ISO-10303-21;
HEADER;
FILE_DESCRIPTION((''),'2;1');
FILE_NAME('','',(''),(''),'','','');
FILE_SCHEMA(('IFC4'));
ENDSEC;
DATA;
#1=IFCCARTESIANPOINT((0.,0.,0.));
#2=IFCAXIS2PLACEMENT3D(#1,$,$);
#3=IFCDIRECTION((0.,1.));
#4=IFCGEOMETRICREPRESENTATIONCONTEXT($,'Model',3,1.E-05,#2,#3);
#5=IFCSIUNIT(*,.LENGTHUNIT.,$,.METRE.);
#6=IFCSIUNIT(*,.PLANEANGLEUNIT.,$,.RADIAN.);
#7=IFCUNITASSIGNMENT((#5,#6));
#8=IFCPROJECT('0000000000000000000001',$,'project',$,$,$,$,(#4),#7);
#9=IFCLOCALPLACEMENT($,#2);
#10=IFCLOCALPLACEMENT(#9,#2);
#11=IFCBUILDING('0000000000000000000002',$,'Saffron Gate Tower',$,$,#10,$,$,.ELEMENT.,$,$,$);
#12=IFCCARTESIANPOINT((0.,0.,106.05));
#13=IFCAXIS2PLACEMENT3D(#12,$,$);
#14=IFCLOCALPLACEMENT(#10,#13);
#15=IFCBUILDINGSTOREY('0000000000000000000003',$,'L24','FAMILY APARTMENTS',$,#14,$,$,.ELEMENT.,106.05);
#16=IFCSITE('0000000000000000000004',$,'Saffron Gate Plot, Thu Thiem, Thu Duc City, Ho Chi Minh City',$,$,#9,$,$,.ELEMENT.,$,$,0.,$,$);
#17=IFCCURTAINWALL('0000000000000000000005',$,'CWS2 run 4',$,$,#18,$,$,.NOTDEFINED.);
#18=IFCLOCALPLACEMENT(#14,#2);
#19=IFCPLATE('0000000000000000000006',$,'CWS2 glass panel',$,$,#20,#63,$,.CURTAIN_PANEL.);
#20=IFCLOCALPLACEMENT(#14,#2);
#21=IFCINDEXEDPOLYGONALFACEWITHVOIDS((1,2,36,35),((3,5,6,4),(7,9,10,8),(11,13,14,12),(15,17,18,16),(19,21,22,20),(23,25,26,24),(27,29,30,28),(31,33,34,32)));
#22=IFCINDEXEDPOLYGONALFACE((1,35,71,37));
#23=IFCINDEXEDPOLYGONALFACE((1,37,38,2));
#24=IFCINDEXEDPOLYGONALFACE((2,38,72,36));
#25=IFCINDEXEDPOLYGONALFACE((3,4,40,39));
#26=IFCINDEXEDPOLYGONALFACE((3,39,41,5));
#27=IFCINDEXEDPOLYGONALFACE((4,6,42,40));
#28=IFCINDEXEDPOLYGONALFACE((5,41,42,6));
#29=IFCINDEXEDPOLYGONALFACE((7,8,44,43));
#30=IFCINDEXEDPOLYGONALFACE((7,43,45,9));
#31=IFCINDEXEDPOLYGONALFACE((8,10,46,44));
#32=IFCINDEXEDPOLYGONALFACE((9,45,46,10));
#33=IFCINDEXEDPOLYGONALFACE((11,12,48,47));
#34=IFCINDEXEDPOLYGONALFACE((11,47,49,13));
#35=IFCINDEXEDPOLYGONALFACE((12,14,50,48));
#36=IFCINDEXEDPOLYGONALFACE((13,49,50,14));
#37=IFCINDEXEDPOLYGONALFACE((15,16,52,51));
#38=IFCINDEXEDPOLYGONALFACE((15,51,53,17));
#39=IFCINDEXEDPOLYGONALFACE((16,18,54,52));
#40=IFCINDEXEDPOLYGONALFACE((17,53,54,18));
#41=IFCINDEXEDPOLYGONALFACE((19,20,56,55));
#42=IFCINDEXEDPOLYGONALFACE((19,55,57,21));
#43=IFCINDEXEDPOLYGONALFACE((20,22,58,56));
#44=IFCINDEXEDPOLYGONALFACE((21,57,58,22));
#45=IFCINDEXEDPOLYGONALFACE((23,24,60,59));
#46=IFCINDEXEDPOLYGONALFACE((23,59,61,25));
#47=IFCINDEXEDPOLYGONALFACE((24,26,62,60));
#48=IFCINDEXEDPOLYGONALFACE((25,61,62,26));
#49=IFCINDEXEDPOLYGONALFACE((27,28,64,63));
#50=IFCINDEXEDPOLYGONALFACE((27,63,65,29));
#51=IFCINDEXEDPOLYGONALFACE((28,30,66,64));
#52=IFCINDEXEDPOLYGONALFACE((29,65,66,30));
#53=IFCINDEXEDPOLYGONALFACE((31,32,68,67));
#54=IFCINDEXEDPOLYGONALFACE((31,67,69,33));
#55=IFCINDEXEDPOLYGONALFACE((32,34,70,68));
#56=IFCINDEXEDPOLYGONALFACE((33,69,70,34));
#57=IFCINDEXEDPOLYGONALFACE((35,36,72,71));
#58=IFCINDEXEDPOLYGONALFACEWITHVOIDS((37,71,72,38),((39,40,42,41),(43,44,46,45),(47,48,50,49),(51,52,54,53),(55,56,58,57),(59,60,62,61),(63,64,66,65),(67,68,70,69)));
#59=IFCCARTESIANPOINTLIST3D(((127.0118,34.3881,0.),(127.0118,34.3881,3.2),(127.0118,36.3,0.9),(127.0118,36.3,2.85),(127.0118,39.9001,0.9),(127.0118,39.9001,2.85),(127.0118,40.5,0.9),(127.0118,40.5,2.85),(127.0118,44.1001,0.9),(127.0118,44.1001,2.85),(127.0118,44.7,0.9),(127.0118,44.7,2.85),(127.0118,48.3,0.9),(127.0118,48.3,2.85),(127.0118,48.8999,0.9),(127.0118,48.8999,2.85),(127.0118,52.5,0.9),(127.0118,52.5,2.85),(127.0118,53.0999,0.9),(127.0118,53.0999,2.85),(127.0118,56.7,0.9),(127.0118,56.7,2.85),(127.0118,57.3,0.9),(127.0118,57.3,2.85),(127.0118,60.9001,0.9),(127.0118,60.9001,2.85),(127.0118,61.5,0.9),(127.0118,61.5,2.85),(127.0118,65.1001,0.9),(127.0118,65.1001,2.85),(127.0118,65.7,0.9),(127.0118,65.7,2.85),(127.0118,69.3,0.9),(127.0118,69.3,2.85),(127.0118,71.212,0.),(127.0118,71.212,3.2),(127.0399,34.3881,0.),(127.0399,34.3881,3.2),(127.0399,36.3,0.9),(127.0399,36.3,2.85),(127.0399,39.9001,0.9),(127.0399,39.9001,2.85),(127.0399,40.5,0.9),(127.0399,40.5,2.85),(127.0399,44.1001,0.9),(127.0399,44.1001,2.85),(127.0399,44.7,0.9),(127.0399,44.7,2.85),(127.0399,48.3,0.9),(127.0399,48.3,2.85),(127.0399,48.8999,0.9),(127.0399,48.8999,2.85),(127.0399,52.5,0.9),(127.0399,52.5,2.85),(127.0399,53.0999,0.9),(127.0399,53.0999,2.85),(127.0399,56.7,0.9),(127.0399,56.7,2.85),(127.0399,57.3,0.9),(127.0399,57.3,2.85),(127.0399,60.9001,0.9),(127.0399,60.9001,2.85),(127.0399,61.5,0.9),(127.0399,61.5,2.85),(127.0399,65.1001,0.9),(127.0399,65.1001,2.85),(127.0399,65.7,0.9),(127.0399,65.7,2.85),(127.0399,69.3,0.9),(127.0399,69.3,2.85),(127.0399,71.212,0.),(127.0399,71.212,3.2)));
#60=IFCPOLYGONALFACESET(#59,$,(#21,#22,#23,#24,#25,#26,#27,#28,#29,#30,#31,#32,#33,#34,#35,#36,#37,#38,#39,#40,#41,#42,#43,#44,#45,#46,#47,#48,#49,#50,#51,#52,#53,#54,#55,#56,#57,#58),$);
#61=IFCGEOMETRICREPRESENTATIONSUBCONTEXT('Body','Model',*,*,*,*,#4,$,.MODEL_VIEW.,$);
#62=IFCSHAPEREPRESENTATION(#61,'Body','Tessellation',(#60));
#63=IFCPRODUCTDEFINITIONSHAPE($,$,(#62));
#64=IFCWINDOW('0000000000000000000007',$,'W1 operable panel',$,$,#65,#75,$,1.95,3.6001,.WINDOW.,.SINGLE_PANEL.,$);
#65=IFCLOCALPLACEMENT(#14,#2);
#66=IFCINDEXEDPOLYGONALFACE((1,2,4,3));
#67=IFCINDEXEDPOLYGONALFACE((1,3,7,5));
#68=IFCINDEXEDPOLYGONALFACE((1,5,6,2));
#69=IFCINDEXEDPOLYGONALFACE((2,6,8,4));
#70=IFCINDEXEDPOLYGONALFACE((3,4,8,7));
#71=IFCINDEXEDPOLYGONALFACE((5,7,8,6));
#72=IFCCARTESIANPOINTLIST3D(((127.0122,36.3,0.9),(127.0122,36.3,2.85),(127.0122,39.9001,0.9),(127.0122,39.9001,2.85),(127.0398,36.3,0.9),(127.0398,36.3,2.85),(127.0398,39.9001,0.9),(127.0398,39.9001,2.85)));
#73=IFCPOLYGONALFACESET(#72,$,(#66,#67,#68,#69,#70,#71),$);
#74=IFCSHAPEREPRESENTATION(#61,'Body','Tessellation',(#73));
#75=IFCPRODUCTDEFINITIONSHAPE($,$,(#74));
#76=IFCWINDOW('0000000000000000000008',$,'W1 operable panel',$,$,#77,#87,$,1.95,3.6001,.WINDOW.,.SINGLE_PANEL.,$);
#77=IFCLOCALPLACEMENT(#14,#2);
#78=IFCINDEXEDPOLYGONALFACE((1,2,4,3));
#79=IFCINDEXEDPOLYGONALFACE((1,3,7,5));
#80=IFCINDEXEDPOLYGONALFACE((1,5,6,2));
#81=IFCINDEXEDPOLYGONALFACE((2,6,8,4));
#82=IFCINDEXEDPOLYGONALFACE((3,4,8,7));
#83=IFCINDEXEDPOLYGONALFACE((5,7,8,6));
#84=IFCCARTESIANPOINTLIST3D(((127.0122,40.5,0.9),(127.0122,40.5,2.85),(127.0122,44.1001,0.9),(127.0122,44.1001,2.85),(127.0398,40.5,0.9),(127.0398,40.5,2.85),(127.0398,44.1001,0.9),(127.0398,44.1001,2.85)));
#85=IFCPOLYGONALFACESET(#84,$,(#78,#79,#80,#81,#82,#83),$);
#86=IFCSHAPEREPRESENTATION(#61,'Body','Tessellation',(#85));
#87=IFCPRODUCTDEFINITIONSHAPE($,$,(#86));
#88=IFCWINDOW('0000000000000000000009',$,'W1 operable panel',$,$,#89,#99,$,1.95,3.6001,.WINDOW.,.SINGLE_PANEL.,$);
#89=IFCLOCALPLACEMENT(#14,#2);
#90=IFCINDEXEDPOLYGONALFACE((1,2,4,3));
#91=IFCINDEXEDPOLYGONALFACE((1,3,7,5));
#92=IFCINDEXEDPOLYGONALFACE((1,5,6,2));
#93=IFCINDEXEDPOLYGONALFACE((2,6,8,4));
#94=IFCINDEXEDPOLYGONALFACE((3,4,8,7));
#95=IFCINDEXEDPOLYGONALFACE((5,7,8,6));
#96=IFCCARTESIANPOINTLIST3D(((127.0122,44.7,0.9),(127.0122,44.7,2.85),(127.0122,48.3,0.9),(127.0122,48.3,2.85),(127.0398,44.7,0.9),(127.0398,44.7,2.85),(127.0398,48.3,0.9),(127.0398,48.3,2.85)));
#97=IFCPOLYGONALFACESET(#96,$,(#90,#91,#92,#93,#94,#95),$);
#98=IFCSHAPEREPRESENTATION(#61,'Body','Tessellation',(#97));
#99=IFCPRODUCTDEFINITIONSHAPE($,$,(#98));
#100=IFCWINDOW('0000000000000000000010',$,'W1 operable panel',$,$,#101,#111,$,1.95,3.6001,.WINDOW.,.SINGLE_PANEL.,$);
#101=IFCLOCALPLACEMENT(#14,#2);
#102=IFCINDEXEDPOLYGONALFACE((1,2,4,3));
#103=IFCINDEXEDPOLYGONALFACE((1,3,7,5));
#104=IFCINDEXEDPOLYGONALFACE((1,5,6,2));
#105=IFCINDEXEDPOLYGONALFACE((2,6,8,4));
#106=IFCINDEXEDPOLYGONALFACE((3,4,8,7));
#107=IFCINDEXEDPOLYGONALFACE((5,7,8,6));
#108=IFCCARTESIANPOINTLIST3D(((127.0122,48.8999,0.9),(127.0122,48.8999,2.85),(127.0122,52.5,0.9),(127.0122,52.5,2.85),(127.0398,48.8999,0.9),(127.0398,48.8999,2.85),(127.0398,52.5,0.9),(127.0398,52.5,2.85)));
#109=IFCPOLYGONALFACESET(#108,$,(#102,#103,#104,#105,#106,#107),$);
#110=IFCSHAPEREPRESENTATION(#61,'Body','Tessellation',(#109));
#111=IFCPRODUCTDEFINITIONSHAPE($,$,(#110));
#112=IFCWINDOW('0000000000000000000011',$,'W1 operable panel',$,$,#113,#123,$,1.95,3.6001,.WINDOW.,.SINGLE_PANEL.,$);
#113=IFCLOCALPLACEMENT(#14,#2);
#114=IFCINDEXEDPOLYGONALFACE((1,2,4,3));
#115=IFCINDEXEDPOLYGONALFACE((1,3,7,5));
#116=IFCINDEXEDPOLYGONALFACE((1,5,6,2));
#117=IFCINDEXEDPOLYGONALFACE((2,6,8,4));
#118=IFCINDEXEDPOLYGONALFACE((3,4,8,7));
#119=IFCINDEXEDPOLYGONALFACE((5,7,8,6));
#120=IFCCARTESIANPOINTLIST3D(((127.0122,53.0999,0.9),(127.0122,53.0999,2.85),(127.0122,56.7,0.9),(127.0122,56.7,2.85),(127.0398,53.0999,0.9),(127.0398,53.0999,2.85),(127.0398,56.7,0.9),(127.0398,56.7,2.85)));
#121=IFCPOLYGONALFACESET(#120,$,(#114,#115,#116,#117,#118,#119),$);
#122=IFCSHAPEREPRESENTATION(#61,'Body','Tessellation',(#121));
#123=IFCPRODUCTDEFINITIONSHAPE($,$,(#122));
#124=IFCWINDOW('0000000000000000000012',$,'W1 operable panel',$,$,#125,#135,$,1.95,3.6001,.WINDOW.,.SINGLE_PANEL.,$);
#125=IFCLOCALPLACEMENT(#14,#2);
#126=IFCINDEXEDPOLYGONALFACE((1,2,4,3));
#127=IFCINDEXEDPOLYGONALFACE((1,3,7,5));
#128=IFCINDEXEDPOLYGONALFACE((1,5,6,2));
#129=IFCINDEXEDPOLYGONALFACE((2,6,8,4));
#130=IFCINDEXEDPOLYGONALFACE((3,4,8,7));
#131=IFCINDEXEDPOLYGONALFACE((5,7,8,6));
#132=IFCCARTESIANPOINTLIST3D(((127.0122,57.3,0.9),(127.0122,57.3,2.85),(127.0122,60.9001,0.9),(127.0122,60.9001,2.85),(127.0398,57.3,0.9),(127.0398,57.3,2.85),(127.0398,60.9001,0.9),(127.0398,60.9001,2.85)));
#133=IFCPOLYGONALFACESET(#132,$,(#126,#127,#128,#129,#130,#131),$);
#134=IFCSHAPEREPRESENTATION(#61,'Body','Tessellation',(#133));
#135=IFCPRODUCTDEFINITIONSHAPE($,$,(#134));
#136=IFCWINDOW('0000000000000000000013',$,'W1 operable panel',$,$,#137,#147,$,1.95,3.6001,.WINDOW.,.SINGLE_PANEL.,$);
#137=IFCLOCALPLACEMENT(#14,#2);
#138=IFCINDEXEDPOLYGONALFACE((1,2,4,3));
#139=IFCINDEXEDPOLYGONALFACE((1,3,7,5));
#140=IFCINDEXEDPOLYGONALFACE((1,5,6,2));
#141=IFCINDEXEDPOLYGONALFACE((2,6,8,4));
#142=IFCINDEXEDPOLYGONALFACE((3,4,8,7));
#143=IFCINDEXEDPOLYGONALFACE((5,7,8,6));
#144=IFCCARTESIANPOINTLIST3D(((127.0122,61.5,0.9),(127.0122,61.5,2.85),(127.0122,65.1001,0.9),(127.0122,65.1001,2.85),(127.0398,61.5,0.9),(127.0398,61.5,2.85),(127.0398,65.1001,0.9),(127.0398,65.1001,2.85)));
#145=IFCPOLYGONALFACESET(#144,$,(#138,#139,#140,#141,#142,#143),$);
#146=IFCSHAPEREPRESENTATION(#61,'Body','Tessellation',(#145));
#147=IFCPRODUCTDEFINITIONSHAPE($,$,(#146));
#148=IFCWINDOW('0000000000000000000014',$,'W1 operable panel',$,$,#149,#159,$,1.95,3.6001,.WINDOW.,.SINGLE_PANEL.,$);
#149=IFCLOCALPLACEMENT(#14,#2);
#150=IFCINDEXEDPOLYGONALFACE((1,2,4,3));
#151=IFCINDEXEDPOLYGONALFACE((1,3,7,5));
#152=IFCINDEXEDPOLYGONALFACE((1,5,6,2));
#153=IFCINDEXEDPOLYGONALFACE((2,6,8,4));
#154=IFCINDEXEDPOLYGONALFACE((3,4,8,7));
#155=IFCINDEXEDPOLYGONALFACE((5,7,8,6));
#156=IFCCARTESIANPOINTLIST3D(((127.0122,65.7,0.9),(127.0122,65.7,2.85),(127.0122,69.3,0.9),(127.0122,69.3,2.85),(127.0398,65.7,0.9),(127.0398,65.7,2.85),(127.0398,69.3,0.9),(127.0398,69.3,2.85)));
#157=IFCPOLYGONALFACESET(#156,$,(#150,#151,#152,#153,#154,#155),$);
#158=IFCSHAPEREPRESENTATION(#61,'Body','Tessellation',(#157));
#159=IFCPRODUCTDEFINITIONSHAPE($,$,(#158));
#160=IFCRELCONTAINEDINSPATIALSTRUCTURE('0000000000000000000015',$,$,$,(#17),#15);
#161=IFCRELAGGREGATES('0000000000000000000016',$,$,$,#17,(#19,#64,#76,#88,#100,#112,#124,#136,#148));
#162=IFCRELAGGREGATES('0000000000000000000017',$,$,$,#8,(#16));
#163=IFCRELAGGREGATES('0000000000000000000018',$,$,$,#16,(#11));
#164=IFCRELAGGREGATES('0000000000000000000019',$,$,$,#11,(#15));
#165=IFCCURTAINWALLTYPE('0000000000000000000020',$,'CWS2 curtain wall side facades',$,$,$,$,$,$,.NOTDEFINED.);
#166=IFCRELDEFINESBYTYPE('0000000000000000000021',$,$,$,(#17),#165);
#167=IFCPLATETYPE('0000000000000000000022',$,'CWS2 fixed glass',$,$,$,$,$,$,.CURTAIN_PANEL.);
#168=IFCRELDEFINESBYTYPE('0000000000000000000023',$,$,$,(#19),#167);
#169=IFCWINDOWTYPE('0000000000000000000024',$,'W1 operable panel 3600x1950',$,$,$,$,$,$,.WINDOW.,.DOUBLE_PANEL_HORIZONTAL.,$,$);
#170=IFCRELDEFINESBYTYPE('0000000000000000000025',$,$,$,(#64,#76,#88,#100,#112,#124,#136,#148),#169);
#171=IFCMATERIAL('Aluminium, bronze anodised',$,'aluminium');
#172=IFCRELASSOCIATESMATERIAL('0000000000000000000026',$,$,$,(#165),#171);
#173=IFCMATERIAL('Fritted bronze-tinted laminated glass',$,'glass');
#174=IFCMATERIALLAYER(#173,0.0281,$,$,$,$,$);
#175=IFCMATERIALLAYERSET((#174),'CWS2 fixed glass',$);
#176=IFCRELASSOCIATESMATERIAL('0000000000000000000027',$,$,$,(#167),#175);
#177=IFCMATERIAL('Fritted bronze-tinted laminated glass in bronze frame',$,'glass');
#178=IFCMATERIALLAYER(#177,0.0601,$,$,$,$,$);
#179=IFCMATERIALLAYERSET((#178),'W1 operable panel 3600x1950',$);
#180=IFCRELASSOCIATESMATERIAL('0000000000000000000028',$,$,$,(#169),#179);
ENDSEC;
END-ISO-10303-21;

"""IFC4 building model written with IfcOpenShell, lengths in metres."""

from ifc_helpers import new_model, si_unit, direction, frame, frame_2d, origin, place, context, subcontext, project, spatial, rectangle, extrude, material, layer, layer_set, type_object, element, fill, aggregate, save


model = new_model("IFC4")

# Units and contexts
model_context = context("Model", 3, precision=1e-05, world=origin(), true_north=direction((0.0, 1.0)))
body_context = subcontext(model_context, "Body", "Model", "MODEL_VIEW")
ifc_project = project(units=[si_unit("LENGTHUNIT", "METRE"), si_unit("PLANEANGLEUNIT", "RADIAN")], contexts=[model_context])

# Site, building, storey
site_placement = place(None, origin())
site = spatial("IfcSite", under=ifc_project, at=site_placement, Name="Saffron Gate Plot, Thu Thiem, Thu Duc City, Ho Chi Minh City", CompositionType="ELEMENT", RefElevation=0.0)
building_placement = place(site_placement, origin())
building = spatial("IfcBuilding", under=site, at=building_placement, Name="Saffron Gate Tower", CompositionType="ELEMENT")
storey_placement = place(building_placement, frame((0.0, 0.0, 106.05)))
storey = spatial("IfcBuildingStorey", under=building, at=storey_placement, Name="L24", Description="FAMILY APARTMENTS", CompositionType="ELEMENT", Elevation=106.05)

# Curtain wall
ifc_material_1 = material(Name="Aluminium, bronze anodised", Category="aluminium")
curtain_wall_type_1 = type_object("IfcCurtainWallType", Name="CWS2 curtain wall side facades", PredefinedType="NOTDEFINED", material=ifc_material_1)
curtain_wall_1_placement = place(storey_placement, origin())
curtain_wall_1 = element("IfcCurtainWall", 1, at=curtain_wall_1_placement, inside=storey, type_object=curtain_wall_type_1, Name="CWS2 run 4", PredefinedType="NOTDEFINED")

# Plate, openings, windows
ifc_material_2 = material(Name="Fritted bronze-tinted laminated glass", Category="glass")
ifc_layer_1 = layer(ifc_material_2, 0.0281)
ifc_layer_set_1 = layer_set([ifc_layer_1], Name="CWS2 fixed glass")
plate_type = type_object("IfcPlateType", Name="CWS2 fixed glass", PredefinedType="CURTAIN_PANEL", material=ifc_layer_set_1)
plate_placement = place(storey_placement, frame((127.0259, 34.3879, 0.0), z_axis=(0.0, 0.0, 1.0), x_axis=(0.0, 1.0, 0.0)))
plate = element("IfcPlate", 2, at=plate_placement, type_object=plate_type, Name="CWS2 glass panel", PredefinedType="CURTAIN_PANEL", context=body_context, shape_type="SweptSolid", body=[
    extrude(rectangle(XDim=36.824, YDim=0.0281, at=frame_2d((18.4121, 0.0))), origin(), (0.0, 0.0, 1.0), 3.2),
])
opening_1_placement = place(plate_placement, frame((1.9121, 0.0, 0.8999)))
opening_1 = element("IfcOpeningElement", 3, at=opening_1_placement, cuts=plate, PredefinedType="OPENING", context=body_context, shape_type="SweptSolid", body=[
    extrude(rectangle(XDim=3.6001, YDim=1.95, at=frame_2d((1.8, 0.9751))), frame((0.0, 0.0239, 0.0), z_axis=(0.0, -1.0, 0.0), x_axis=(1.0, 0.0, 0.0)), (0.0, 0.0, 1.0), 0.0481),
])
opening_2_placement = place(plate_placement, frame((6.1121, 0.0, 0.8999)))
opening_2 = element("IfcOpeningElement", 4, at=opening_2_placement, cuts=plate, PredefinedType="OPENING", context=body_context, shape_type="SweptSolid", body=[
    extrude(rectangle(XDim=3.6001, YDim=1.95, at=frame_2d((1.8, 0.9751))), frame((0.0, 0.0239, 0.0), z_axis=(0.0, -1.0, 0.0), x_axis=(1.0, 0.0, 0.0)), (0.0, 0.0, 1.0), 0.0481),
])
opening_3_placement = place(plate_placement, frame((10.312, 0.0, 0.8999)))
opening_3 = element("IfcOpeningElement", 5, at=opening_3_placement, cuts=plate, PredefinedType="OPENING", context=body_context, shape_type="SweptSolid", body=[
    extrude(rectangle(XDim=3.6001, YDim=1.95, at=frame_2d((1.8, 0.9751))), frame((0.0, 0.0239, 0.0), z_axis=(0.0, -1.0, 0.0), x_axis=(1.0, 0.0, 0.0)), (0.0, 0.0, 1.0), 0.0481),
])
opening_4_placement = place(plate_placement, frame((14.512, 0.0, 0.8999)))
opening_4 = element("IfcOpeningElement", 6, at=opening_4_placement, cuts=plate, PredefinedType="OPENING", context=body_context, shape_type="SweptSolid", body=[
    extrude(rectangle(XDim=3.6001, YDim=1.95, at=frame_2d((1.8, 0.9751))), frame((0.0, 0.0239, 0.0), z_axis=(0.0, -1.0, 0.0), x_axis=(1.0, 0.0, 0.0)), (0.0, 0.0, 1.0), 0.0481),
])
opening_5_placement = place(plate_placement, frame((18.7119, 0.0, 0.8999)))
opening_5 = element("IfcOpeningElement", 7, at=opening_5_placement, cuts=plate, PredefinedType="OPENING", context=body_context, shape_type="SweptSolid", body=[
    extrude(rectangle(XDim=3.6001, YDim=1.95, at=frame_2d((1.8, 0.9751))), frame((0.0, 0.0239, 0.0), z_axis=(0.0, -1.0, 0.0), x_axis=(1.0, 0.0, 0.0)), (0.0, 0.0, 1.0), 0.0481),
])
opening_6_placement = place(plate_placement, frame((22.9121, 0.0, 0.8999)))
opening_6 = element("IfcOpeningElement", 8, at=opening_6_placement, cuts=plate, PredefinedType="OPENING", context=body_context, shape_type="SweptSolid", body=[
    extrude(rectangle(XDim=3.6001, YDim=1.95, at=frame_2d((1.8, 0.9751))), frame((0.0, 0.0239, 0.0), z_axis=(0.0, -1.0, 0.0), x_axis=(1.0, 0.0, 0.0)), (0.0, 0.0, 1.0), 0.0481),
])
opening_7_placement = place(plate_placement, frame((27.1121, 0.0, 0.8999)))
opening_7 = element("IfcOpeningElement", 9, at=opening_7_placement, cuts=plate, PredefinedType="OPENING", context=body_context, shape_type="SweptSolid", body=[
    extrude(rectangle(XDim=3.6001, YDim=1.95, at=frame_2d((1.8, 0.9751))), frame((0.0, 0.0239, 0.0), z_axis=(0.0, -1.0, 0.0), x_axis=(1.0, 0.0, 0.0)), (0.0, 0.0, 1.0), 0.0481),
])
opening_8_placement = place(plate_placement, frame((31.312, 0.0, 0.8999)))
opening_8 = element("IfcOpeningElement", 10, at=opening_8_placement, cuts=plate, PredefinedType="OPENING", context=body_context, shape_type="SweptSolid", body=[
    extrude(rectangle(XDim=3.6001, YDim=1.95, at=frame_2d((1.8, 0.9751))), frame((0.0, 0.0239, 0.0), z_axis=(0.0, -1.0, 0.0), x_axis=(1.0, 0.0, 0.0)), (0.0, 0.0, 1.0), 0.0481),
])
ifc_material_3 = material(Name="Fritted bronze-tinted laminated glass in bronze frame", Category="glass")
ifc_layer_2 = layer(ifc_material_3, 0.0601)
ifc_layer_set_2 = layer_set([ifc_layer_2], Name="W1 operable panel 3600x1950")
window_type = type_object("IfcWindowType", Name="W1 operable panel 3600x1950", PartitioningType="DOUBLE_PANEL_HORIZONTAL", PredefinedType="WINDOW", material=ifc_layer_set_2)
window_1_placement = place(opening_1_placement, origin())
window_1 = element("IfcWindow", 11, at=window_1_placement, type_object=window_type, Name="W1 operable panel", OverallHeight=1.95, OverallWidth=3.6001, PartitioningType="SINGLE_PANEL", PredefinedType="WINDOW", context=body_context, shape_type="SweptSolid", body=[
    extrude(rectangle(XDim=3.6001, YDim=1.95, at=frame_2d((1.8, 0.9751))), frame((0.0, 0.0137, 0.0), z_axis=(0.0, -1.0, 0.0), x_axis=(1.0, 0.0, 0.0)), (0.0, 0.0, 1.0), 0.0276),
])
fill(opening_1, window_1)
window_2_placement = place(opening_2_placement, origin())
window_2 = element("IfcWindow", 12, at=window_2_placement, type_object=window_type, Name="W1 operable panel", OverallHeight=1.95, OverallWidth=3.6001, PartitioningType="SINGLE_PANEL", PredefinedType="WINDOW", context=body_context, shape_type="SweptSolid", body=[
    extrude(rectangle(XDim=3.6001, YDim=1.95, at=frame_2d((1.8, 0.9751))), frame((0.0, 0.0137, 0.0), z_axis=(0.0, -1.0, 0.0), x_axis=(1.0, 0.0, 0.0)), (0.0, 0.0, 1.0), 0.0276),
])
fill(opening_2, window_2)
window_3_placement = place(opening_3_placement, origin())
window_3 = element("IfcWindow", 13, at=window_3_placement, type_object=window_type, Name="W1 operable panel", OverallHeight=1.95, OverallWidth=3.6001, PartitioningType="SINGLE_PANEL", PredefinedType="WINDOW", context=body_context, shape_type="SweptSolid", body=[
    extrude(rectangle(XDim=3.6001, YDim=1.95, at=frame_2d((1.8, 0.9751))), frame((0.0, 0.0137, 0.0), z_axis=(0.0, -1.0, 0.0), x_axis=(1.0, 0.0, 0.0)), (0.0, 0.0, 1.0), 0.0276),
])
fill(opening_3, window_3)
window_4_placement = place(opening_4_placement, origin())
window_4 = element("IfcWindow", 14, at=window_4_placement, type_object=window_type, Name="W1 operable panel", OverallHeight=1.95, OverallWidth=3.6001, PartitioningType="SINGLE_PANEL", PredefinedType="WINDOW", context=body_context, shape_type="SweptSolid", body=[
    extrude(rectangle(XDim=3.6001, YDim=1.95, at=frame_2d((1.8, 0.9751))), frame((0.0, 0.0137, 0.0), z_axis=(0.0, -1.0, 0.0), x_axis=(1.0, 0.0, 0.0)), (0.0, 0.0, 1.0), 0.0276),
])
fill(opening_4, window_4)
window_5_placement = place(opening_5_placement, origin())
window_5 = element("IfcWindow", 15, at=window_5_placement, type_object=window_type, Name="W1 operable panel", OverallHeight=1.95, OverallWidth=3.6001, PartitioningType="SINGLE_PANEL", PredefinedType="WINDOW", context=body_context, shape_type="SweptSolid", body=[
    extrude(rectangle(XDim=3.6001, YDim=1.95, at=frame_2d((1.8, 0.9751))), frame((0.0, 0.0137, 0.0), z_axis=(0.0, -1.0, 0.0), x_axis=(1.0, 0.0, 0.0)), (0.0, 0.0, 1.0), 0.0276),
])
fill(opening_5, window_5)
window_6_placement = place(opening_6_placement, origin())
window_6 = element("IfcWindow", 16, at=window_6_placement, type_object=window_type, Name="W1 operable panel", OverallHeight=1.95, OverallWidth=3.6001, PartitioningType="SINGLE_PANEL", PredefinedType="WINDOW", context=body_context, shape_type="SweptSolid", body=[
    extrude(rectangle(XDim=3.6001, YDim=1.95, at=frame_2d((1.8, 0.9751))), frame((0.0, 0.0137, 0.0), z_axis=(0.0, -1.0, 0.0), x_axis=(1.0, 0.0, 0.0)), (0.0, 0.0, 1.0), 0.0276),
])
fill(opening_6, window_6)
window_7_placement = place(opening_7_placement, origin())
window_7 = element("IfcWindow", 17, at=window_7_placement, type_object=window_type, Name="W1 operable panel", OverallHeight=1.95, OverallWidth=3.6001, PartitioningType="SINGLE_PANEL", PredefinedType="WINDOW", context=body_context, shape_type="SweptSolid", body=[
    extrude(rectangle(XDim=3.6001, YDim=1.95, at=frame_2d((1.8, 0.9751))), frame((0.0, 0.0137, 0.0), z_axis=(0.0, -1.0, 0.0), x_axis=(1.0, 0.0, 0.0)), (0.0, 0.0, 1.0), 0.0276),
])
fill(opening_7, window_7)
window_8_placement = place(opening_8_placement, origin())
window_8 = element("IfcWindow", 18, at=window_8_placement, type_object=window_type, Name="W1 operable panel", OverallHeight=1.95, OverallWidth=3.6001, PartitioningType="SINGLE_PANEL", PredefinedType="WINDOW", context=body_context, shape_type="SweptSolid", body=[
    extrude(rectangle(XDim=3.6001, YDim=1.95, at=frame_2d((1.8, 0.9751))), frame((0.0, 0.0137, 0.0), z_axis=(0.0, -1.0, 0.0), x_axis=(1.0, 0.0, 0.0)), (0.0, 0.0, 1.0), 0.0276),
])
fill(opening_8, window_8)
aggregate(curtain_wall_1, [plate, window_1, window_2, window_3, window_4, window_5, window_6, window_7, window_8])

save(model, "model.ifc")
